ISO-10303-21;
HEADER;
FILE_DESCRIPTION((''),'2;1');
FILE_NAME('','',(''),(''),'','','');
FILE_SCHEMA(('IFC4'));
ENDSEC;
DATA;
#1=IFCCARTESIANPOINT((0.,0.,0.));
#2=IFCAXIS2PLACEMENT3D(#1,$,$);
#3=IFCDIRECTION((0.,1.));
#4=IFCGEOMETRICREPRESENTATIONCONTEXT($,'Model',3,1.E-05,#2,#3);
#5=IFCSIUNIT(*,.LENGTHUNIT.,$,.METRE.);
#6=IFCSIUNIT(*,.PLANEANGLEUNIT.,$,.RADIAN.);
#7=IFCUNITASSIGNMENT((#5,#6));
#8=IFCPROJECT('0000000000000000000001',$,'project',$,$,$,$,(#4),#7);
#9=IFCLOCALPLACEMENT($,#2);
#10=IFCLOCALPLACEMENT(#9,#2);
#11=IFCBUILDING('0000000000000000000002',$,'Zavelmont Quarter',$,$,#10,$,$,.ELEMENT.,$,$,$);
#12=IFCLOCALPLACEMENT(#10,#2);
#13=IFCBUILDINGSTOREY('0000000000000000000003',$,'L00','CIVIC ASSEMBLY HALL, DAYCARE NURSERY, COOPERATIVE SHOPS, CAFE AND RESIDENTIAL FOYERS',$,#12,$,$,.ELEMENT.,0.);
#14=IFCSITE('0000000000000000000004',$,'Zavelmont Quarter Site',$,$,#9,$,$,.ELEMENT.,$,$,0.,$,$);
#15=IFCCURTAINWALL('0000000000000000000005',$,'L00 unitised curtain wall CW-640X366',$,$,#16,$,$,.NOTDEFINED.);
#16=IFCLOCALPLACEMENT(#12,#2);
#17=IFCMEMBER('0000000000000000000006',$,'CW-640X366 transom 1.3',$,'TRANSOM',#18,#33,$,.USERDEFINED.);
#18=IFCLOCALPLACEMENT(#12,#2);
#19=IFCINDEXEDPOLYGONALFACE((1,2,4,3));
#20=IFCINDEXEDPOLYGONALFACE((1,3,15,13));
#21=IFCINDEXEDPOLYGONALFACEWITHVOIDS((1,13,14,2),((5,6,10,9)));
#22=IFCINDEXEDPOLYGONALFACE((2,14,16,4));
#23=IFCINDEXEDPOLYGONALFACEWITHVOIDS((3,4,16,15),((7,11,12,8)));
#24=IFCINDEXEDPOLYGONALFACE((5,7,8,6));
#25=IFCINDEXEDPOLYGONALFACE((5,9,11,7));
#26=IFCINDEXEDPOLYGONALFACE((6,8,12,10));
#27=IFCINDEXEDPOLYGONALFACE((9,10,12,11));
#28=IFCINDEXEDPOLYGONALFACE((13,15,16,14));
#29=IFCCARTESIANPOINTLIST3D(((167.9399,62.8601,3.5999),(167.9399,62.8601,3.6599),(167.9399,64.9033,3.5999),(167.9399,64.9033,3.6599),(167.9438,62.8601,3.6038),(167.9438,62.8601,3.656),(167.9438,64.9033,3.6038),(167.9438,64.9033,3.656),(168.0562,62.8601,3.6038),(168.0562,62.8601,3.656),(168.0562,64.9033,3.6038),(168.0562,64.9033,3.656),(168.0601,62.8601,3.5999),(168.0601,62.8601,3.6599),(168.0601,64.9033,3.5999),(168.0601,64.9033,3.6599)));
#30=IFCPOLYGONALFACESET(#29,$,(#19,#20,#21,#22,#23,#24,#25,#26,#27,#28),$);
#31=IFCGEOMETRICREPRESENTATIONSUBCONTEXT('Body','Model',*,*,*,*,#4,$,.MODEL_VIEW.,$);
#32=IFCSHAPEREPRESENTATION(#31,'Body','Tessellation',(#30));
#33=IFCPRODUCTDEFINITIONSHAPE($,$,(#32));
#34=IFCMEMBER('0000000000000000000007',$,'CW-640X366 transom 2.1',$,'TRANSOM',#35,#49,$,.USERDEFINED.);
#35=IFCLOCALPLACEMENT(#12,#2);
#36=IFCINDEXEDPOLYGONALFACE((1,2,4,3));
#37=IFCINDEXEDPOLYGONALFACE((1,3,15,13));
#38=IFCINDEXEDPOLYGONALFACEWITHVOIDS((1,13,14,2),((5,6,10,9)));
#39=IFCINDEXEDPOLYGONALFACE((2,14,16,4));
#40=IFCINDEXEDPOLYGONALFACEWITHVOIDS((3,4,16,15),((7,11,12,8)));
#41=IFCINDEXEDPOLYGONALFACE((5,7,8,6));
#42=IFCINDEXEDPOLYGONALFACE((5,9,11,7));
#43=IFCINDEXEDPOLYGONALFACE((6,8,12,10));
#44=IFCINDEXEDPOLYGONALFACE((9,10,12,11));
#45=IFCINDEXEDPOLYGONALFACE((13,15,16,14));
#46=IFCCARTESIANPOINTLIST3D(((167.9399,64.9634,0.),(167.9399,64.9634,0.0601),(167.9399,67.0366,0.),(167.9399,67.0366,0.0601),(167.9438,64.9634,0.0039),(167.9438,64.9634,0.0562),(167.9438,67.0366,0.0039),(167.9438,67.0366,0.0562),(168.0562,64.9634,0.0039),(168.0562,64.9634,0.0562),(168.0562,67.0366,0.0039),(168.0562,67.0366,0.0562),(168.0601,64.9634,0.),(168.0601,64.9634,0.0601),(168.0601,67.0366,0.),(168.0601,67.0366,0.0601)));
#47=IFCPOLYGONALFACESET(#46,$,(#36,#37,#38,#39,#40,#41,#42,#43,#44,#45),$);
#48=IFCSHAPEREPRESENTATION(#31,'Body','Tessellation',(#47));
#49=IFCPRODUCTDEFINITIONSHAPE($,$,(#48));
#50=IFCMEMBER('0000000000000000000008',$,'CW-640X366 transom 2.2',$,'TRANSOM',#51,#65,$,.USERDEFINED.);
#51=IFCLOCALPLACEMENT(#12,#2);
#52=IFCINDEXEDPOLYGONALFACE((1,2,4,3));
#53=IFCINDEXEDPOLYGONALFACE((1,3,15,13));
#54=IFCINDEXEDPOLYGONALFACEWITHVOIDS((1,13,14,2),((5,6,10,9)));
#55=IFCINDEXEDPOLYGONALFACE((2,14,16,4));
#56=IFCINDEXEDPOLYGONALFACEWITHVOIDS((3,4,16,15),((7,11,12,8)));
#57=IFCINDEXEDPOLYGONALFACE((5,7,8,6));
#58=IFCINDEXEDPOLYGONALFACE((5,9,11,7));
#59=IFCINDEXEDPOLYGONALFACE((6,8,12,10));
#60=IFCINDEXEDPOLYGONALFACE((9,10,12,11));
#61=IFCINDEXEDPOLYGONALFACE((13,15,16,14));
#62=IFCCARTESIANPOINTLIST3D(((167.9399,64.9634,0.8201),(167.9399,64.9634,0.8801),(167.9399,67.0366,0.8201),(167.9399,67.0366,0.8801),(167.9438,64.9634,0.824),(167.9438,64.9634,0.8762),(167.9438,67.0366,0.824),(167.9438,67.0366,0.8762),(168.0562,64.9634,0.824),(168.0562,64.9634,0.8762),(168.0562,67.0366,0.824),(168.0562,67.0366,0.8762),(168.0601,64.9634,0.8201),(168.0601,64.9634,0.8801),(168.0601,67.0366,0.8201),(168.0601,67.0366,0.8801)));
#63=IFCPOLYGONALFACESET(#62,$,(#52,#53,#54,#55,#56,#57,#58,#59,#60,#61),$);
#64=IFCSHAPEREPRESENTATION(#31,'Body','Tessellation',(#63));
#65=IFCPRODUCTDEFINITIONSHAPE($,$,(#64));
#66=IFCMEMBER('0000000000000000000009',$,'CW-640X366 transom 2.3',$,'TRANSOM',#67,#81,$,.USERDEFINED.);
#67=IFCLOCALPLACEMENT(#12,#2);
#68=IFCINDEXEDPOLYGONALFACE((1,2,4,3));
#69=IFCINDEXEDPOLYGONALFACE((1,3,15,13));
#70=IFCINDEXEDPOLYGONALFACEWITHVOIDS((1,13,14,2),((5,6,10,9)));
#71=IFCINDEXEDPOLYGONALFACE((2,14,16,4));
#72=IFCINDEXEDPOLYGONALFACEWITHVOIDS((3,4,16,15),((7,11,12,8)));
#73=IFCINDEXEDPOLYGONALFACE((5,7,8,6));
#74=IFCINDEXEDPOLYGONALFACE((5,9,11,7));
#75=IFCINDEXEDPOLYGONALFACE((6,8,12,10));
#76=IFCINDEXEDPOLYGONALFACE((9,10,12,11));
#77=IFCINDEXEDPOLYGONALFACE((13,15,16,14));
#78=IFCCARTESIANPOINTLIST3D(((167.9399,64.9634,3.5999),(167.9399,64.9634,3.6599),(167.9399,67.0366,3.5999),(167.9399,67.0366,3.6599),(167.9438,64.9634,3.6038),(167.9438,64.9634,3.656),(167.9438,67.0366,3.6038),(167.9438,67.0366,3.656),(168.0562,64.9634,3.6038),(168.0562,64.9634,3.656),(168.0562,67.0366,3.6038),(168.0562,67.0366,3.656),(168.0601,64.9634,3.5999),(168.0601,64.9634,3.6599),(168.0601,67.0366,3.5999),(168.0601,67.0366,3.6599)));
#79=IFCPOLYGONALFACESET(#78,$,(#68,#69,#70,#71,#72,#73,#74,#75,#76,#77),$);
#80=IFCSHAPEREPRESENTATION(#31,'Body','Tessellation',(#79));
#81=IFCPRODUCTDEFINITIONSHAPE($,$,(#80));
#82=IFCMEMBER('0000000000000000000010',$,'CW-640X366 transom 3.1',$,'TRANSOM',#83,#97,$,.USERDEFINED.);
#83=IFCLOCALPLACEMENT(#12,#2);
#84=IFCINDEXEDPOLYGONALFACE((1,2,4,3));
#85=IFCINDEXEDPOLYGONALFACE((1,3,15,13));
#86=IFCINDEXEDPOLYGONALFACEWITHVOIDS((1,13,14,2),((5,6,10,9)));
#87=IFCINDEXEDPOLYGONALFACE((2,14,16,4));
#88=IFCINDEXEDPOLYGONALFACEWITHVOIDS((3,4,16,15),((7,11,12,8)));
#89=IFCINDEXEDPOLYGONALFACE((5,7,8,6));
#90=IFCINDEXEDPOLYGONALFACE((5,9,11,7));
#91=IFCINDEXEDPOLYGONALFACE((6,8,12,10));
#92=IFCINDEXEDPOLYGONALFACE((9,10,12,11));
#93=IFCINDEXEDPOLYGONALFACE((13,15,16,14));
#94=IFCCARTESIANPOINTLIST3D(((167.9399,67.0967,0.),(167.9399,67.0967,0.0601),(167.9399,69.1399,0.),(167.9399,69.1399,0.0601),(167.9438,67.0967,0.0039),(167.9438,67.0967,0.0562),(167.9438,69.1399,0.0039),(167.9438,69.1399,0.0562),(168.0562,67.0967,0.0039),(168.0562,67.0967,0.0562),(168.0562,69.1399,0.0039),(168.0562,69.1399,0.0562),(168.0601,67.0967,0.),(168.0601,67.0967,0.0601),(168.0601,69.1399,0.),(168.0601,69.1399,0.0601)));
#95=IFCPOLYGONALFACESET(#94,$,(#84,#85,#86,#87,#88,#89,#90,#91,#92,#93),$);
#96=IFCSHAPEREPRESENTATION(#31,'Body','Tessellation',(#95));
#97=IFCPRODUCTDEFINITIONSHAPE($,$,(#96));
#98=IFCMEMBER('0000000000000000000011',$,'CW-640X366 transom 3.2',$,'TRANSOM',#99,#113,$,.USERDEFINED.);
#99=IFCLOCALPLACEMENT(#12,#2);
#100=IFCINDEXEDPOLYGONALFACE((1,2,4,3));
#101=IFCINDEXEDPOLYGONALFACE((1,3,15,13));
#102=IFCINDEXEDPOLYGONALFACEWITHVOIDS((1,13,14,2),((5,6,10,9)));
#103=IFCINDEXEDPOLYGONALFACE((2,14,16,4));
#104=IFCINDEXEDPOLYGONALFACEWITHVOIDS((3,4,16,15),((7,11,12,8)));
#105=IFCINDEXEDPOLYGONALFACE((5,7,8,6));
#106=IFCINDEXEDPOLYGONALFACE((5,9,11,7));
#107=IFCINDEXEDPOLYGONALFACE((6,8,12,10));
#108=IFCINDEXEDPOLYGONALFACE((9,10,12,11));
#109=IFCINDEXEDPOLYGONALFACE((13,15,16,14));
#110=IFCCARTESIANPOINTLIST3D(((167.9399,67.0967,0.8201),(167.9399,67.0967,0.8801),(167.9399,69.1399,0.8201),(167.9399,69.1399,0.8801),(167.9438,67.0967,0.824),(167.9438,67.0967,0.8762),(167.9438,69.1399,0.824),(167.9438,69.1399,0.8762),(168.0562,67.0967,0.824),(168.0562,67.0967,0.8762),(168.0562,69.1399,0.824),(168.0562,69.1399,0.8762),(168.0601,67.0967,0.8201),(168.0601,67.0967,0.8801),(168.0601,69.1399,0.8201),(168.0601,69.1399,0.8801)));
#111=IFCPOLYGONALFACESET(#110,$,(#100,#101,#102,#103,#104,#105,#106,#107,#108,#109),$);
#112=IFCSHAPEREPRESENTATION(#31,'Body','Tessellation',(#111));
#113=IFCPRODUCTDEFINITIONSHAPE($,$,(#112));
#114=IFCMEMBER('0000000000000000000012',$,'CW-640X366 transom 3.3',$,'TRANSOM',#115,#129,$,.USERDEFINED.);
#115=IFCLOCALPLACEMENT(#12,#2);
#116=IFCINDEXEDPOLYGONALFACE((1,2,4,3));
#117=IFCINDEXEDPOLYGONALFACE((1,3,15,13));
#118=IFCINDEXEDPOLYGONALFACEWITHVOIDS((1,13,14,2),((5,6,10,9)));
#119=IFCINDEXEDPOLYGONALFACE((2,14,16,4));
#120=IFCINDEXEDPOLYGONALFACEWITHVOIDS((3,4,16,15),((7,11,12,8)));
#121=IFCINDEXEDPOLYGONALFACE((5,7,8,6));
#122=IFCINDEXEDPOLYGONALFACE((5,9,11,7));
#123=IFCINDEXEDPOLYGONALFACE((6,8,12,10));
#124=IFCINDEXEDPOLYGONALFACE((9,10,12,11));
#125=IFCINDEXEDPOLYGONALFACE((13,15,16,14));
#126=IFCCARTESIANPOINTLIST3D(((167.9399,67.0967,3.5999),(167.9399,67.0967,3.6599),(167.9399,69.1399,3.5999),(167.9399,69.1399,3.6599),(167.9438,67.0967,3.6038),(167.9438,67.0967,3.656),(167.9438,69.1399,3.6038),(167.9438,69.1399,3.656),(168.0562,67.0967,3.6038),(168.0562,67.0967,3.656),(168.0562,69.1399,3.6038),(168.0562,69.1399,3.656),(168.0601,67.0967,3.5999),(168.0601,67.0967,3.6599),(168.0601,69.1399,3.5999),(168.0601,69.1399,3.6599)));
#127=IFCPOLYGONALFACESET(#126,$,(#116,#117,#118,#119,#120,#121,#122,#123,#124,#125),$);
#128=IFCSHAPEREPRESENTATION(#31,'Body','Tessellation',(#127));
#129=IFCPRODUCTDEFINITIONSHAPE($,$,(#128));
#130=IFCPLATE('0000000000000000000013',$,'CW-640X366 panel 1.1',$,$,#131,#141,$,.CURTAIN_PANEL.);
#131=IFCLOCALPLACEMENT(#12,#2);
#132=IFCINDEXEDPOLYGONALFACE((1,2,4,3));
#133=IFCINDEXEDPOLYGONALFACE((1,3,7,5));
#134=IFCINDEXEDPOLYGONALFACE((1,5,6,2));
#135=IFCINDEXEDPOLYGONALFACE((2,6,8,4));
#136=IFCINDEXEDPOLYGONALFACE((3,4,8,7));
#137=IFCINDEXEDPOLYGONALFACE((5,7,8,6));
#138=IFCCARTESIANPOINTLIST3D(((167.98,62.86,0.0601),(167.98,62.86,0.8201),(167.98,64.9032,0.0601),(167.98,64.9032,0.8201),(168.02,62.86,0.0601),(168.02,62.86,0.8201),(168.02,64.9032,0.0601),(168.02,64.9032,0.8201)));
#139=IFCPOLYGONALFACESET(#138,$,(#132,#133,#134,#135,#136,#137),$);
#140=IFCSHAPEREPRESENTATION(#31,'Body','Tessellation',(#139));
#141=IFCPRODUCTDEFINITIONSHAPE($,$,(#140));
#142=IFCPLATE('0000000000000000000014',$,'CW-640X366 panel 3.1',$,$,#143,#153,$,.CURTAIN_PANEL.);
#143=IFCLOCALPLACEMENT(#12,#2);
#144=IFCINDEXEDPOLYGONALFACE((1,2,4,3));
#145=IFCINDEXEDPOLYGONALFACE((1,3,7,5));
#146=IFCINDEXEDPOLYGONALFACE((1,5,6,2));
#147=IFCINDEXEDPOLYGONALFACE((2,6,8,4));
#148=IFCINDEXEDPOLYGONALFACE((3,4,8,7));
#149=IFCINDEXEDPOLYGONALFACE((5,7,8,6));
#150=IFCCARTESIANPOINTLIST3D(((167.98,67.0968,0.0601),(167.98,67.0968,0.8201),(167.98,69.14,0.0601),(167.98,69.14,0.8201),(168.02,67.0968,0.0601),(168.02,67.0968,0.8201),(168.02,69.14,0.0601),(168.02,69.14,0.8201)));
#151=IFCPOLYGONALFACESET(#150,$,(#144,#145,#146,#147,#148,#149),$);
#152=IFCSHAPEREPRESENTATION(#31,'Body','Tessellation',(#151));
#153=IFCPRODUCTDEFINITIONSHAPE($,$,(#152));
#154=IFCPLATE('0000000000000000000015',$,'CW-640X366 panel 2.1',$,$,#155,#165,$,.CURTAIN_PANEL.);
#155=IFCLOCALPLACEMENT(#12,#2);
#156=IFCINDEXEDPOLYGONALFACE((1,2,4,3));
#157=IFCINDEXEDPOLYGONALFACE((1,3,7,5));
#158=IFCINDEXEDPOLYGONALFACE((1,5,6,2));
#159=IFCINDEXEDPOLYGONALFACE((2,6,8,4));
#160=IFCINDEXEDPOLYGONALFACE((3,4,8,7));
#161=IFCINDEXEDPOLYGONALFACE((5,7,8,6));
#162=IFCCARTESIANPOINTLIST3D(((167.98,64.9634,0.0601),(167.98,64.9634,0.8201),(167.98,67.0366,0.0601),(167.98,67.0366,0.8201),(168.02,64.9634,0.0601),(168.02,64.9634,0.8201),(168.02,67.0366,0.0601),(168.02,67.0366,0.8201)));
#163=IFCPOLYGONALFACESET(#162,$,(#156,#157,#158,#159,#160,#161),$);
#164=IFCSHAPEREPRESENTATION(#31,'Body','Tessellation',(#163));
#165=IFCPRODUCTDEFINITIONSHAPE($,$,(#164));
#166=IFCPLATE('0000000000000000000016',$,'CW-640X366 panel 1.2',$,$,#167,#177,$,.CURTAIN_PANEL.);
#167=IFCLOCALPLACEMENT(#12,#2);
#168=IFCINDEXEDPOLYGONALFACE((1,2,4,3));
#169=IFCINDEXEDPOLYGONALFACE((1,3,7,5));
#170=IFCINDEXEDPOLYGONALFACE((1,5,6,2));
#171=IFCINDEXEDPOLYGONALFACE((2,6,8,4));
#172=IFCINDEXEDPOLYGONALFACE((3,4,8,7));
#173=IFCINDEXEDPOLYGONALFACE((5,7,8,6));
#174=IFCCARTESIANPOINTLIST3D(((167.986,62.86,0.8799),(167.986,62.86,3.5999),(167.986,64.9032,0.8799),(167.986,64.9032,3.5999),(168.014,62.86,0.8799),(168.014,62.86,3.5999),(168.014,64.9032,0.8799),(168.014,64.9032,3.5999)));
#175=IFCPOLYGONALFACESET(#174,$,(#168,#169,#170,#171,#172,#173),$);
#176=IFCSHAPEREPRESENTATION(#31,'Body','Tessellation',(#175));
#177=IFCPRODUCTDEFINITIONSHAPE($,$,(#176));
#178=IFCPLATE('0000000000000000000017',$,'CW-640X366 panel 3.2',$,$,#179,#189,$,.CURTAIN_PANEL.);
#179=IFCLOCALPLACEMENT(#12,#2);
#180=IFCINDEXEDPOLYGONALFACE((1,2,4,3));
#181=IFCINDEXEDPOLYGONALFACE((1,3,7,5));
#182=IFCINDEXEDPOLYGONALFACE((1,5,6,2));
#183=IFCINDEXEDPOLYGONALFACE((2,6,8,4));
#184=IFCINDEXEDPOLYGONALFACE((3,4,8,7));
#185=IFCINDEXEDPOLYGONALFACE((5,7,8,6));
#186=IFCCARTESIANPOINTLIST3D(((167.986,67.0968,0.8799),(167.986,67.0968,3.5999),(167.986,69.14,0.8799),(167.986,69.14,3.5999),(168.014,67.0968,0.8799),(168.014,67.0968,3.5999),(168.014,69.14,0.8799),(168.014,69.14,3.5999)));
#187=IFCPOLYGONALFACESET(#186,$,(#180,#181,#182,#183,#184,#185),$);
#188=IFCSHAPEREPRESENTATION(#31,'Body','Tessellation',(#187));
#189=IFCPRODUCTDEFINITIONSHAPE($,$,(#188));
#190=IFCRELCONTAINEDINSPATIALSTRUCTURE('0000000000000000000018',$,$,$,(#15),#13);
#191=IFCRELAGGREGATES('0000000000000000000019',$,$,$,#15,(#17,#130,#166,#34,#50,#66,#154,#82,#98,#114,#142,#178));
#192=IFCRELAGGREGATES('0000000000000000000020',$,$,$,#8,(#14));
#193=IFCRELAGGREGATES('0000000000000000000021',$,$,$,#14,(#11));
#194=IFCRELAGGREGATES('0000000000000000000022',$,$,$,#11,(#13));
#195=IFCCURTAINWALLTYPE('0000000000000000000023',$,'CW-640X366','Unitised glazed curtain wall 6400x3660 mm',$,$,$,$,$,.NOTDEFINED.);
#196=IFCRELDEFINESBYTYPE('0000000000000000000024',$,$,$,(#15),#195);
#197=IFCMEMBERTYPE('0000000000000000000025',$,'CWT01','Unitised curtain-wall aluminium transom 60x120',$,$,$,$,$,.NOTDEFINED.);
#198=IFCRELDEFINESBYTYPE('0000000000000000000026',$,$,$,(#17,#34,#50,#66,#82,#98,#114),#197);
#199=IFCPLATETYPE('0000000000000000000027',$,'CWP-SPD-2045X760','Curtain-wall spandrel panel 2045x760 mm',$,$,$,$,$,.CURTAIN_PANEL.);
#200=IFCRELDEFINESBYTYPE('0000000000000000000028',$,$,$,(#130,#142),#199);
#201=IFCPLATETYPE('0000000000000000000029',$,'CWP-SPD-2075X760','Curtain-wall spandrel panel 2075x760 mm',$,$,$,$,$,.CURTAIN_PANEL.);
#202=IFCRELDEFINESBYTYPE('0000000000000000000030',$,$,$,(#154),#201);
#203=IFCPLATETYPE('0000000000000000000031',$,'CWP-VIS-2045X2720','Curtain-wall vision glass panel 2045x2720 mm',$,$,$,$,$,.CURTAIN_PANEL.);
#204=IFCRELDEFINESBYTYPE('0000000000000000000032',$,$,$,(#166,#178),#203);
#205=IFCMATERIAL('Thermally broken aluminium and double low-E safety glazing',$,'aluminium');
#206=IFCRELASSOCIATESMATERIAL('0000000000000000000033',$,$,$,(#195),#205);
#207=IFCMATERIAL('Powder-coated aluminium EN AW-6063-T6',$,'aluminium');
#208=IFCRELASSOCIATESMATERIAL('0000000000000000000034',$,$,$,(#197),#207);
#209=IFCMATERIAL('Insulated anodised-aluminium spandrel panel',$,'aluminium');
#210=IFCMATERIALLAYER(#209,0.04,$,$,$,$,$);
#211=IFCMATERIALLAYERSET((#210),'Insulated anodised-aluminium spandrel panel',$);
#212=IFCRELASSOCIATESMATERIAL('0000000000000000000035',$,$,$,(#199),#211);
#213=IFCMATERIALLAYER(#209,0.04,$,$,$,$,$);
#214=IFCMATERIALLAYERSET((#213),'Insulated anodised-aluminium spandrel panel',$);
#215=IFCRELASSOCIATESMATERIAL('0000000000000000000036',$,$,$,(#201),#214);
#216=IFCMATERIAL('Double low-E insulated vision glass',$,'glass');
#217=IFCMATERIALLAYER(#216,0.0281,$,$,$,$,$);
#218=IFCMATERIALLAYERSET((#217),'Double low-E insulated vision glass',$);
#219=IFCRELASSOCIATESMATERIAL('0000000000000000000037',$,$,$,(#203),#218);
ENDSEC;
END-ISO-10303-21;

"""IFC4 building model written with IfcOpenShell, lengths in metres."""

from ifc_helpers import new_model, si_unit, direction, frame, origin, origin_2d, place, context, subcontext, project, spatial, rectangle, hollow_rectangle, extrude, material, layer, layer_set, material_profile, profile_set, type_object, element, aggregate, save


model = new_model("IFC4")

# Units and contexts
model_context = context("Model", 3, precision=1e-05, world=origin(), true_north=direction((0.0, 1.0)))
body_context = subcontext(model_context, "Body", "Model", "MODEL_VIEW")
ifc_project = project(units=[si_unit("LENGTHUNIT", "METRE"), si_unit("PLANEANGLEUNIT", "RADIAN")], contexts=[model_context])

# Site, building, storey
site_placement = place(None, origin())
site = spatial("IfcSite", under=ifc_project, at=site_placement, Name="Zavelmont Quarter Site", CompositionType="ELEMENT", RefElevation=0.0)
building_placement = place(site_placement, origin())
building = spatial("IfcBuilding", under=site, at=building_placement, Name="Zavelmont Quarter", CompositionType="ELEMENT")
storey_placement = place(building_placement, origin())
storey = spatial("IfcBuildingStorey", under=building, at=storey_placement, Name="L00", Description="CIVIC ASSEMBLY HALL, DAYCARE NURSERY, COOPERATIVE SHOPS, CAFE AND RESIDENTIAL FOYERS", CompositionType="ELEMENT", Elevation=0.0)

# Curtain wall, members, plates
ifc_material_1 = material(Name="Thermally broken aluminium and double low-E safety glazing", Category="aluminium")
curtain_wall_type = type_object("IfcCurtainWallType", Name="CW-640X366", Description="Unitised glazed curtain wall 6400x3660 mm", PredefinedType="NOTDEFINED", material=ifc_material_1)
curtain_wall_placement = place(storey_placement, origin())
curtain_wall = element("IfcCurtainWall", 1, at=curtain_wall_placement, inside=storey, type_object=curtain_wall_type, Name="L00 unitised curtain wall CW-640X366", PredefinedType="NOTDEFINED")
ifc_material_2 = material(Name="Powder-coated aluminium EN AW-6063-T6", Category="aluminium")
ifc_material_profile_1 = material_profile(ifc_material_2, hollow_rectangle(XDim=0.1201, YDim=0.0601, WallThickness=0.0039, at=origin_2d()), Name="CWT60X120")
ifc_profile_set_1 = profile_set([ifc_material_profile_1], Name="Powder-coated aluminium EN AW-6063-T6")
member_type_1 = type_object("IfcMemberType", Name="CWT01", Description="Unitised curtain-wall aluminium transom 60x120", PredefinedType="NOTDEFINED", material=ifc_profile_set_1)
member_1_placement = place(storey_placement, frame((168.0, 62.8601, 3.6299), z_axis=(0.0, 1.0, 0.0), x_axis=(-1.0, 0.0, 0.0)))
member_1 = element("IfcMember", 2, at=member_1_placement, type_object=member_type_1, Name="CW-640X366 transom 1.3", ObjectType="TRANSOM", PredefinedType="USERDEFINED", context=body_context, shape_type="SweptSolid", body=[
    extrude(hollow_rectangle(XDim=0.1201, YDim=0.0601, WallThickness=0.0039, at=origin_2d()), origin(), (0.0, 0.0, 1.0), 2.0432),
])
member_2_placement = place(storey_placement, frame((168.0, 64.9634, 0.03), z_axis=(0.0, 1.0, 0.0), x_axis=(-1.0, 0.0, 0.0)))
member_2 = element("IfcMember", 3, at=member_2_placement, type_object=member_type_1, Name="CW-640X366 transom 2.1", ObjectType="TRANSOM", PredefinedType="USERDEFINED", context=body_context, shape_type="SweptSolid", body=[
    extrude(hollow_rectangle(XDim=0.1201, YDim=0.0601, WallThickness=0.0039, at=origin_2d()), origin(), (0.0, 0.0, 1.0), 2.0732),
])
member_3_placement = place(storey_placement, frame((168.0, 64.9634, 0.8501), z_axis=(0.0, 1.0, 0.0), x_axis=(-1.0, 0.0, 0.0)))
member_3 = element("IfcMember", 4, at=member_3_placement, type_object=member_type_1, Name="CW-640X366 transom 2.2", ObjectType="TRANSOM", PredefinedType="USERDEFINED", context=body_context, shape_type="SweptSolid", body=[
    extrude(hollow_rectangle(XDim=0.1201, YDim=0.0601, WallThickness=0.0039, at=origin_2d()), origin(), (0.0, 0.0, 1.0), 2.0732),
])
member_4_placement = place(storey_placement, frame((168.0, 64.9634, 3.6299), z_axis=(0.0, 1.0, 0.0), x_axis=(-1.0, 0.0, 0.0)))
member_4 = element("IfcMember", 5, at=member_4_placement, type_object=member_type_1, Name="CW-640X366 transom 2.3", ObjectType="TRANSOM", PredefinedType="USERDEFINED", context=body_context, shape_type="SweptSolid", body=[
    extrude(hollow_rectangle(XDim=0.1201, YDim=0.0601, WallThickness=0.0039, at=origin_2d()), origin(), (0.0, 0.0, 1.0), 2.0732),
])
member_5_placement = place(storey_placement, frame((168.0, 67.0967, 0.03), z_axis=(0.0, 1.0, 0.0), x_axis=(-1.0, 0.0, 0.0)))
member_5 = element("IfcMember", 6, at=member_5_placement, type_object=member_type_1, Name="CW-640X366 transom 3.1", ObjectType="TRANSOM", PredefinedType="USERDEFINED", context=body_context, shape_type="SweptSolid", body=[
    extrude(hollow_rectangle(XDim=0.1201, YDim=0.0601, WallThickness=0.0039, at=origin_2d()), origin(), (0.0, 0.0, 1.0), 2.0432),
])
member_6_placement = place(storey_placement, frame((168.0, 67.0967, 0.8501), z_axis=(0.0, 1.0, 0.0), x_axis=(-1.0, 0.0, 0.0)))
member_6 = element("IfcMember", 7, at=member_6_placement, type_object=member_type_1, Name="CW-640X366 transom 3.2", ObjectType="TRANSOM", PredefinedType="USERDEFINED", context=body_context, shape_type="SweptSolid", body=[
    extrude(hollow_rectangle(XDim=0.1201, YDim=0.0601, WallThickness=0.0039, at=origin_2d()), origin(), (0.0, 0.0, 1.0), 2.0432),
])
member_7_placement = place(storey_placement, frame((168.0, 67.0967, 3.6299), z_axis=(0.0, 1.0, 0.0), x_axis=(-1.0, 0.0, 0.0)))
member_7 = element("IfcMember", 8, at=member_7_placement, type_object=member_type_1, Name="CW-640X366 transom 3.3", ObjectType="TRANSOM", PredefinedType="USERDEFINED", context=body_context, shape_type="SweptSolid", body=[
    extrude(hollow_rectangle(XDim=0.1201, YDim=0.0601, WallThickness=0.0039, at=origin_2d()), origin(), (0.0, 0.0, 1.0), 2.0432),
])
ifc_material_3 = material(Name="Insulated anodised-aluminium spandrel panel", Category="aluminium")
ifc_layer_1 = layer(ifc_material_3, 0.04)
ifc_layer_set_1 = layer_set([ifc_layer_1], Name="Insulated anodised-aluminium spandrel panel")
plate_type_1 = type_object("IfcPlateType", Name="CWP-SPD-2045X760", Description="Curtain-wall spandrel panel 2045x760 mm", PredefinedType="CURTAIN_PANEL", material=ifc_layer_set_1)
plate_1_placement = place(storey_placement, frame((168.0, 63.8816, 0.0601), z_axis=(0.0, 0.0, 1.0), x_axis=(0.0, 1.0, 0.0)))
plate_1 = element("IfcPlate", 9, at=plate_1_placement, type_object=plate_type_1, Name="CW-640X366 panel 1.1", PredefinedType="CURTAIN_PANEL", context=body_context, shape_type="SweptSolid", body=[
    extrude(rectangle(XDim=2.0432, YDim=0.04, at=origin_2d()), origin(), (0.0, 0.0, 1.0), 0.76),
])
plate_2_placement = place(storey_placement, frame((168.0, 68.1184, 0.0601), z_axis=(0.0, 0.0, 1.0), x_axis=(0.0, 1.0, 0.0)))
plate_2 = element("IfcPlate", 10, at=plate_2_placement, type_object=plate_type_1, Name="CW-640X366 panel 3.1", PredefinedType="CURTAIN_PANEL", context=body_context, shape_type="SweptSolid", body=[
    extrude(rectangle(XDim=2.0432, YDim=0.04, at=origin_2d()), origin(), (0.0, 0.0, 1.0), 0.76),
])
ifc_layer_2 = layer(ifc_material_3, 0.04)
ifc_layer_set_2 = layer_set([ifc_layer_2], Name="Insulated anodised-aluminium spandrel panel")
plate_type_2 = type_object("IfcPlateType", Name="CWP-SPD-2075X760", Description="Curtain-wall spandrel panel 2075x760 mm", PredefinedType="CURTAIN_PANEL", material=ifc_layer_set_2)
plate_3_placement = place(storey_placement, frame((168.0, 66.0, 0.0601), z_axis=(0.0, 0.0, 1.0), x_axis=(0.0, 1.0, 0.0)))
plate_3 = element("IfcPlate", 11, at=plate_3_placement, type_object=plate_type_2, Name="CW-640X366 panel 2.1", PredefinedType="CURTAIN_PANEL", context=body_context, shape_type="SweptSolid", body=[
    extrude(rectangle(XDim=2.0732, YDim=0.04, at=origin_2d()), origin(), (0.0, 0.0, 1.0), 0.76),
])
ifc_material_4 = material(Name="Double low-E insulated vision glass", Category="glass")
ifc_layer_3 = layer(ifc_material_4, 0.0281)
ifc_layer_set_3 = layer_set([ifc_layer_3], Name="Double low-E insulated vision glass")
plate_type_3 = type_object("IfcPlateType", Name="CWP-VIS-2045X2720", Description="Curtain-wall vision glass panel 2045x2720 mm", PredefinedType="CURTAIN_PANEL", material=ifc_layer_set_3)
plate_4_placement = place(storey_placement, frame((168.0, 63.8816, 0.8799), z_axis=(0.0, 0.0, 1.0), x_axis=(0.0, 1.0, 0.0)))
plate_4 = element("IfcPlate", 12, at=plate_4_placement, type_object=plate_type_3, Name="CW-640X366 panel 1.2", PredefinedType="CURTAIN_PANEL", context=body_context, shape_type="SweptSolid", body=[
    extrude(rectangle(XDim=2.0432, YDim=0.0281, at=origin_2d()), origin(), (0.0, 0.0, 1.0), 2.72),
])
plate_5_placement = place(storey_placement, frame((168.0, 68.1184, 0.8799), z_axis=(0.0, 0.0, 1.0), x_axis=(0.0, 1.0, 0.0)))
plate_5 = element("IfcPlate", 13, at=plate_5_placement, type_object=plate_type_3, Name="CW-640X366 panel 3.2", PredefinedType="CURTAIN_PANEL", context=body_context, shape_type="SweptSolid", body=[
    extrude(rectangle(XDim=2.0432, YDim=0.0281, at=origin_2d()), origin(), (0.0, 0.0, 1.0), 2.72),
])
aggregate(curtain_wall, [member_1, plate_1, plate_4, member_2, member_3, member_4, plate_3, member_5, member_6, member_7, plate_2, plate_5])

save(model, "model.ifc")
